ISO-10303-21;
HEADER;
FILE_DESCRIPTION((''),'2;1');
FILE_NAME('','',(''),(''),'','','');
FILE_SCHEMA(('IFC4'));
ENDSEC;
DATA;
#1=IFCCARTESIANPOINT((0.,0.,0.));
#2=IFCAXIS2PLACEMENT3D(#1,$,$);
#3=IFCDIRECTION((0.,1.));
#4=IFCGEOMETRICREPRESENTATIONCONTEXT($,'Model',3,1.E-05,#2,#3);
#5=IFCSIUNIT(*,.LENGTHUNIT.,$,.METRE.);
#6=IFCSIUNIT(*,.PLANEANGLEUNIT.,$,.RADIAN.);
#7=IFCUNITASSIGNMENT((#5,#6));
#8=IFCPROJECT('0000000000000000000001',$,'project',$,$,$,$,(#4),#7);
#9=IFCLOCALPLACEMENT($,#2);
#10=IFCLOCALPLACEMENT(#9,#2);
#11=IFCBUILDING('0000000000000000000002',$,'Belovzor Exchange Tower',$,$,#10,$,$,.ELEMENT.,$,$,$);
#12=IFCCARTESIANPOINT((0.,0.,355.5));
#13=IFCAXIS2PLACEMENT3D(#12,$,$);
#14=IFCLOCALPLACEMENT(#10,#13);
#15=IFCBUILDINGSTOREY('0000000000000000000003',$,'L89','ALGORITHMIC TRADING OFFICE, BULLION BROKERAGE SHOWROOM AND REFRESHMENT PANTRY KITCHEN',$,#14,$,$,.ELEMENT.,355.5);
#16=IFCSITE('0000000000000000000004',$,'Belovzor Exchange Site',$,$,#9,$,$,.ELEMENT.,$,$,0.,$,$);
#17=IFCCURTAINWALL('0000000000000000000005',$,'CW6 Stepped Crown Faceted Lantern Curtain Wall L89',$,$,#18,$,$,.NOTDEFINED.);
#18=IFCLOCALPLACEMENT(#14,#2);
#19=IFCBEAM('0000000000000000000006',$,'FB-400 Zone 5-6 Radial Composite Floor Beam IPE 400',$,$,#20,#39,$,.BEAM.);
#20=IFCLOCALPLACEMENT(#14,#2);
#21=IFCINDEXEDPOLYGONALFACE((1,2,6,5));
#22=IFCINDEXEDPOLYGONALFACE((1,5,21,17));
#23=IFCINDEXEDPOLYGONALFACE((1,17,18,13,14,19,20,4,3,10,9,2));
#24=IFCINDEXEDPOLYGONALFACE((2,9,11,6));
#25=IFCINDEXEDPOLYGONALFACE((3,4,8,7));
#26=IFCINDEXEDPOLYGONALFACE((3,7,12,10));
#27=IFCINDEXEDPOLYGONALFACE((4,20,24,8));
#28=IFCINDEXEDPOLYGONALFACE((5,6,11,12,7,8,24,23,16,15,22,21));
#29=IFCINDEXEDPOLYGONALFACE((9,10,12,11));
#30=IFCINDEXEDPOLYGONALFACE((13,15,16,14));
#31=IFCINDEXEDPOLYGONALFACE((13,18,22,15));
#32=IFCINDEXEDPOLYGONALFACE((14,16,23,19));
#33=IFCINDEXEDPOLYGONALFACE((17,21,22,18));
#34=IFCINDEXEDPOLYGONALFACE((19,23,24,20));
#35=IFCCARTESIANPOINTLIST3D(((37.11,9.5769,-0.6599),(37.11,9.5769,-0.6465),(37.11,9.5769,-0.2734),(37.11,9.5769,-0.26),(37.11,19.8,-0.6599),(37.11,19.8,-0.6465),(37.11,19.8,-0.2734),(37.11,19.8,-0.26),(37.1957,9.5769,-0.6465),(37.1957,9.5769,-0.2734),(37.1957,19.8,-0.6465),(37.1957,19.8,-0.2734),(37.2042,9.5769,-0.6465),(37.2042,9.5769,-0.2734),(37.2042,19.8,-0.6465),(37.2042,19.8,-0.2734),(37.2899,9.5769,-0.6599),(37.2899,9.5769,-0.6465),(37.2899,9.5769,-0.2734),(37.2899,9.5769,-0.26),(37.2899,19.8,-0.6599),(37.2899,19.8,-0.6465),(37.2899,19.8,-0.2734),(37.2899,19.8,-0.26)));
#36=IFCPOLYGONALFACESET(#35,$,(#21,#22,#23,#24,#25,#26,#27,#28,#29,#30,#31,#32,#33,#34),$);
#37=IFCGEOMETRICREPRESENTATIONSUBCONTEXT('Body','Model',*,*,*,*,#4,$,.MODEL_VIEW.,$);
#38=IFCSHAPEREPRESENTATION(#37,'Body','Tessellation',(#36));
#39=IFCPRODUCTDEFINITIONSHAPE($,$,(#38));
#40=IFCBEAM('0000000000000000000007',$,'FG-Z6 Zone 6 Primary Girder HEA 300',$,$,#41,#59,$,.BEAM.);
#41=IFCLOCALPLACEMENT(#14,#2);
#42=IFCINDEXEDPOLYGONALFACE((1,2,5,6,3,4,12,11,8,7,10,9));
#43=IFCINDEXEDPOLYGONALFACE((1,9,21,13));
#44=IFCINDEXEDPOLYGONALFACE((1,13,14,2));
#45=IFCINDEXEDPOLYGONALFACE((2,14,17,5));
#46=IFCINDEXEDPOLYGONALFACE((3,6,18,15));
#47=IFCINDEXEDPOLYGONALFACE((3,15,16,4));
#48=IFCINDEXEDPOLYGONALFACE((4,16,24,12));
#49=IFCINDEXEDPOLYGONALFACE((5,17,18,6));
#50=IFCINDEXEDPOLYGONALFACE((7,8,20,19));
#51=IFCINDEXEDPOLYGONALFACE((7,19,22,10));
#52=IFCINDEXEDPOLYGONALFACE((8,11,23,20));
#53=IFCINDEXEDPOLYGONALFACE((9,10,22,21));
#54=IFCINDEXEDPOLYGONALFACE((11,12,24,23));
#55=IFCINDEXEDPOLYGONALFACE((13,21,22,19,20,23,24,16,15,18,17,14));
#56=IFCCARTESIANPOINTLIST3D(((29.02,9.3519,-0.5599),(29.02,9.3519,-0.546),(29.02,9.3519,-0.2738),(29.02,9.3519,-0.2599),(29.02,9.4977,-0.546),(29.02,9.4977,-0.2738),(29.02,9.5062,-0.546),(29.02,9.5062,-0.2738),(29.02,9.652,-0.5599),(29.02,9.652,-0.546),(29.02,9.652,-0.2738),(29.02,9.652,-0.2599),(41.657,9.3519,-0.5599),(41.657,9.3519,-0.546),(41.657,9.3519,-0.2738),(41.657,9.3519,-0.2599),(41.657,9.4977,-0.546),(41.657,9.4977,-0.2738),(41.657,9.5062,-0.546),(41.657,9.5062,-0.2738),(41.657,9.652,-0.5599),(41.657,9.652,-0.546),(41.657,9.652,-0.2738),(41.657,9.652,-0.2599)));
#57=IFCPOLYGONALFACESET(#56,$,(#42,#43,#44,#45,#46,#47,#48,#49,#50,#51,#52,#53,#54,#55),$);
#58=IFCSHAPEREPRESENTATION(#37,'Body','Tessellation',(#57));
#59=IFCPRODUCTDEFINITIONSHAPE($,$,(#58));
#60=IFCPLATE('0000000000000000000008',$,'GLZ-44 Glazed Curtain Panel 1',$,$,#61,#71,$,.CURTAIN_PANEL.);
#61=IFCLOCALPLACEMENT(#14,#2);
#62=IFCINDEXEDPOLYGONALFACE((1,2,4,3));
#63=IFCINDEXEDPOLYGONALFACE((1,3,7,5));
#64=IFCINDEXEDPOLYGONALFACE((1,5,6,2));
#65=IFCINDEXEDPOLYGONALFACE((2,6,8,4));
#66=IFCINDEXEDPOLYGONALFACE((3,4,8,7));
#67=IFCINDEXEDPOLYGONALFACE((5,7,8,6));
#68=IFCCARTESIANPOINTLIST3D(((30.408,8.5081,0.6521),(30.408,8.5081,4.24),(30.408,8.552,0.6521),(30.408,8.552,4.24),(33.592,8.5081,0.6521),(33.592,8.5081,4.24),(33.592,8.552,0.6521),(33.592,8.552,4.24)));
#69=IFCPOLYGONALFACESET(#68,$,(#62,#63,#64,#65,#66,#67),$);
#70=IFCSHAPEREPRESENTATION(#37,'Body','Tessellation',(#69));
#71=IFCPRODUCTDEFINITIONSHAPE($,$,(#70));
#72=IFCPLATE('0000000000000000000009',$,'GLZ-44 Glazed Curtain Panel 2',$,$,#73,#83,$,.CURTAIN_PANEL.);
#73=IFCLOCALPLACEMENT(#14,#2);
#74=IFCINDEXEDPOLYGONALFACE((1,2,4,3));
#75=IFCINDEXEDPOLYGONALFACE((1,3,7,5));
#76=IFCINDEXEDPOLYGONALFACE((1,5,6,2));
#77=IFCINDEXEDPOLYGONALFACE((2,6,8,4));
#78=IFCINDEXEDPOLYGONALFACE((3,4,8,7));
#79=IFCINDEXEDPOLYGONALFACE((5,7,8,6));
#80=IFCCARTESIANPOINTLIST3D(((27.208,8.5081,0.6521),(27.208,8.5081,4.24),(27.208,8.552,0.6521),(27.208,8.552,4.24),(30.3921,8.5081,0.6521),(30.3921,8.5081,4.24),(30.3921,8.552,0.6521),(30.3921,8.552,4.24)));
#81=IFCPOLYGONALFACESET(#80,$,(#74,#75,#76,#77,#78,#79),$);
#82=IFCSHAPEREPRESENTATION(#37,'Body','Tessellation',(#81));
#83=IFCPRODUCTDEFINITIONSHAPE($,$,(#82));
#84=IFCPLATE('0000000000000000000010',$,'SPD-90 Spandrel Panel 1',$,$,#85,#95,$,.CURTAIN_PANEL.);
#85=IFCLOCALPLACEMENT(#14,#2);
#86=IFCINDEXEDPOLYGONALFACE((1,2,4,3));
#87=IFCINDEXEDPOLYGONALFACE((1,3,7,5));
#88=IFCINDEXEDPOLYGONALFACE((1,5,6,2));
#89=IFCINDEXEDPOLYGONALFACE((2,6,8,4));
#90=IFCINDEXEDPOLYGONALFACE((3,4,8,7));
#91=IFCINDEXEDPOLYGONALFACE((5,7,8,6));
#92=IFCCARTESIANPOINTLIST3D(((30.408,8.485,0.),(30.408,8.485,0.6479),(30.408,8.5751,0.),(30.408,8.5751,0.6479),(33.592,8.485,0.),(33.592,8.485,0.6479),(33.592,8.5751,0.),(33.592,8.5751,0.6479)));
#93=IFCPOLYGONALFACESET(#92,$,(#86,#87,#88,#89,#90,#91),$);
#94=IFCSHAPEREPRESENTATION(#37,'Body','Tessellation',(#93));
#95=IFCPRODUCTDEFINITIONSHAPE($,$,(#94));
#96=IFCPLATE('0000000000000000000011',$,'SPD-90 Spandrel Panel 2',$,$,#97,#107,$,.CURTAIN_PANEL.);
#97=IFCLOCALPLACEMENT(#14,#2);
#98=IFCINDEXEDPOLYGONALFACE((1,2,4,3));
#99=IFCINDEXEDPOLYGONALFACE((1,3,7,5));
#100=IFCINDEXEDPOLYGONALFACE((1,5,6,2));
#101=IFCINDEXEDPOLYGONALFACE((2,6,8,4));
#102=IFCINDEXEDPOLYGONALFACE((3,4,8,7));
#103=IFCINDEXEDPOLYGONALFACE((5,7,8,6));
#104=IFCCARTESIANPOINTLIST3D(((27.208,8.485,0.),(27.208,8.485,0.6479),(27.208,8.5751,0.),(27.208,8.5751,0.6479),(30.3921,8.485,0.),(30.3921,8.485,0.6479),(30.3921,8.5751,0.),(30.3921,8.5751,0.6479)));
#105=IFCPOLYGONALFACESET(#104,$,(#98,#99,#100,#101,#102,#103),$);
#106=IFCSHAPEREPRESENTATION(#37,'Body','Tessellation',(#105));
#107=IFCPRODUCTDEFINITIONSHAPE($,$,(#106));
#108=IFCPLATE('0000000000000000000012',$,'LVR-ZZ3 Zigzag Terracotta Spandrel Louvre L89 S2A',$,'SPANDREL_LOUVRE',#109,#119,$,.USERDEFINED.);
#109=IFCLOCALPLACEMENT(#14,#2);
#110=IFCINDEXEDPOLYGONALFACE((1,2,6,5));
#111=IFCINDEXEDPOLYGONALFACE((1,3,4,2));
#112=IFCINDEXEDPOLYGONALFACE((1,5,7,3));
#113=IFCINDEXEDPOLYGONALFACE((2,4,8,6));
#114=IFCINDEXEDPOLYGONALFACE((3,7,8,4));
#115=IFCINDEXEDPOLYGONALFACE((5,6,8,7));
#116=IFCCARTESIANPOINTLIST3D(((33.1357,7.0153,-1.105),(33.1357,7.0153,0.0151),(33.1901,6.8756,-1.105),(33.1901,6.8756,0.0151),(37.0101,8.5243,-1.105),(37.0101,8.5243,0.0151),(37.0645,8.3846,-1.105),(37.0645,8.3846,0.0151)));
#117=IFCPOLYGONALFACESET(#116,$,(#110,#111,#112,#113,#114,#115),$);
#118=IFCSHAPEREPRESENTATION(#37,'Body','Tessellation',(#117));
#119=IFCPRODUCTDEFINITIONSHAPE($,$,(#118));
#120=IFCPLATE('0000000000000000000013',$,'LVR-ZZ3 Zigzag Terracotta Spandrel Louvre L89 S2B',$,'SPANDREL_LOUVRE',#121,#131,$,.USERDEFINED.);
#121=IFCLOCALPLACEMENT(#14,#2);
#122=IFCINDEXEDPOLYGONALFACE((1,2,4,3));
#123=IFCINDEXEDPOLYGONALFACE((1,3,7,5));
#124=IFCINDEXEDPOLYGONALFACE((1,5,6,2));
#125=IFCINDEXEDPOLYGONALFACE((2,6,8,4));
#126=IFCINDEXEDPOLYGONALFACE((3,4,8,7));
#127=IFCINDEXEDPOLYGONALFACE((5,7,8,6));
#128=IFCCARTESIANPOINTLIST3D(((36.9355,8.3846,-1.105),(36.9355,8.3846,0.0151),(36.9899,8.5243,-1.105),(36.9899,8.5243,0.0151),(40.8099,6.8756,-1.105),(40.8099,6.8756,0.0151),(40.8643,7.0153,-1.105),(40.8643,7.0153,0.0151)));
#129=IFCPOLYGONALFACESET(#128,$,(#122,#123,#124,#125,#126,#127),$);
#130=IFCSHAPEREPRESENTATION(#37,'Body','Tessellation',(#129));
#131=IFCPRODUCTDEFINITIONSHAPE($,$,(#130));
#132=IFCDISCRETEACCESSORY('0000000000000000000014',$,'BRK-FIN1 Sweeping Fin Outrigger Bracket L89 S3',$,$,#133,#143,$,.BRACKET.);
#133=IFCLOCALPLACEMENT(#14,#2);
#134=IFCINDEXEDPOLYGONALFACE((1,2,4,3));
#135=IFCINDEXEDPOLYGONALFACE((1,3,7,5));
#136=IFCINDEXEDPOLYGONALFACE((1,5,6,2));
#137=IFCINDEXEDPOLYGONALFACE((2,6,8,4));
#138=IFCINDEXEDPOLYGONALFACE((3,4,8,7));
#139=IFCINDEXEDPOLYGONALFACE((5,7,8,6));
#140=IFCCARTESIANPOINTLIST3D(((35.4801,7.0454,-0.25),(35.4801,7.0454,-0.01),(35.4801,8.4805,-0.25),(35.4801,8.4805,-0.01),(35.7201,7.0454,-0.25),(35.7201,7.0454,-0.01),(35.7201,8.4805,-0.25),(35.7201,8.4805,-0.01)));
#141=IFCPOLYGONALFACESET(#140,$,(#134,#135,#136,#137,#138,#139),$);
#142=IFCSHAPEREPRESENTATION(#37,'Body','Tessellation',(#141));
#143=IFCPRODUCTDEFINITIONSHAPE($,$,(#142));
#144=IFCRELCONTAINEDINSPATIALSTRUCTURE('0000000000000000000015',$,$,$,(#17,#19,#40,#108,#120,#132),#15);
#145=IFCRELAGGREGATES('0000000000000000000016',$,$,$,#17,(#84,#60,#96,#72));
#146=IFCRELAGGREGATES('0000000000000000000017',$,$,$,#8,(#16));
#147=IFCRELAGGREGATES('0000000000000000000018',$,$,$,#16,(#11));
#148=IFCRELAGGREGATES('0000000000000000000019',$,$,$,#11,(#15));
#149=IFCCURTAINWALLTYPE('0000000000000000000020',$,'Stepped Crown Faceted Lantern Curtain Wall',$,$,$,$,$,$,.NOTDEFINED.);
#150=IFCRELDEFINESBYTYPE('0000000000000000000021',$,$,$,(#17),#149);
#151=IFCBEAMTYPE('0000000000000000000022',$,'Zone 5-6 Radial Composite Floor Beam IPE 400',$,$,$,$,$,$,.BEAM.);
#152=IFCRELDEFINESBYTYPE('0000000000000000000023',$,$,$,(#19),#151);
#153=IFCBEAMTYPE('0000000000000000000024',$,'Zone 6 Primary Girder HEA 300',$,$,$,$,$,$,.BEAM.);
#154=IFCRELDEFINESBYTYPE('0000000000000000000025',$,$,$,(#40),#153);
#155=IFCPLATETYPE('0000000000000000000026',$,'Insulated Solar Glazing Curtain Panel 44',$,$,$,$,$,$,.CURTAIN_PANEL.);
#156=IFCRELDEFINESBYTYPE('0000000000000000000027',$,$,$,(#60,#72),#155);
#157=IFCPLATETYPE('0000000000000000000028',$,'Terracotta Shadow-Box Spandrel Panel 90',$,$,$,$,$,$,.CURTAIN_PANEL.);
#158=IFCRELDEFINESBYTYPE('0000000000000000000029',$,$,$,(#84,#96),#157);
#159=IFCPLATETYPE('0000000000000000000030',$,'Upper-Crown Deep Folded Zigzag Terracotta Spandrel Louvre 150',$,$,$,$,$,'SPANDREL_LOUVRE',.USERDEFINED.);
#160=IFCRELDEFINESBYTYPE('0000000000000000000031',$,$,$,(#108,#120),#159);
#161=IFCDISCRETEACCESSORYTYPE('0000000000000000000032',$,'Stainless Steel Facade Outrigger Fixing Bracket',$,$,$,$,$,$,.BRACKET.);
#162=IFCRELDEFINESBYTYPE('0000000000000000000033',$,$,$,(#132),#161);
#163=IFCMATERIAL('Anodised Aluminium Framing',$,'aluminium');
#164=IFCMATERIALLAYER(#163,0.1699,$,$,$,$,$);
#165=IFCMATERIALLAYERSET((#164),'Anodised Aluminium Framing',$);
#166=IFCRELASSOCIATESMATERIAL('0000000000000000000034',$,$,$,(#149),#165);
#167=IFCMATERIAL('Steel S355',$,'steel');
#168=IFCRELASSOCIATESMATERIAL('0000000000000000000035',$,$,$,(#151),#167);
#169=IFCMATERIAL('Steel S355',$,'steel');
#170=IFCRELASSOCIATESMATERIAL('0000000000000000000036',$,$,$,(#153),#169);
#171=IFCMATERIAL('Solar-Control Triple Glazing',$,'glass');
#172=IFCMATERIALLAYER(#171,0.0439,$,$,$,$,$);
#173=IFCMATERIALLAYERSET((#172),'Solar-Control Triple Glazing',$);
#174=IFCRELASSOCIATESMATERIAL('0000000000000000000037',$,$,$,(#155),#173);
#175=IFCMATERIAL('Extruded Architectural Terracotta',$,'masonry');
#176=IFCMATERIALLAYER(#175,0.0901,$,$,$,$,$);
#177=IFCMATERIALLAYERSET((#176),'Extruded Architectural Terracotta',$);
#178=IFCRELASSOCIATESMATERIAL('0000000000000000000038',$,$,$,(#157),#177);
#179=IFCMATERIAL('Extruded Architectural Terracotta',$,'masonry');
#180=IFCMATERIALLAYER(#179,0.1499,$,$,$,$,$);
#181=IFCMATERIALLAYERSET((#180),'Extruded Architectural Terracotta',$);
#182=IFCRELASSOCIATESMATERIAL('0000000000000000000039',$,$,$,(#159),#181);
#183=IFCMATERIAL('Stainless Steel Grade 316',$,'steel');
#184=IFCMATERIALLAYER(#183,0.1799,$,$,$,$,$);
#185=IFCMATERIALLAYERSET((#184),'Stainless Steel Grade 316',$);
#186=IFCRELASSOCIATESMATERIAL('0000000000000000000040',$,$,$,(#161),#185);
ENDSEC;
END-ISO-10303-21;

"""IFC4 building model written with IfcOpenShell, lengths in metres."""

from ifc_helpers import new_model, si_unit, direction, frame, origin, origin_2d, place, context, subcontext, project, spatial, rectangle, i_section, extrude, material, layer, layer_set, material_profile, profile_set, type_object, element, aggregate, save


model = new_model("IFC4")

# Units and contexts
model_context = context("Model", 3, precision=1e-05, world=origin(), true_north=direction((0.0, 1.0)))
body_context = subcontext(model_context, "Body", "Model", "MODEL_VIEW")
ifc_project = project(units=[si_unit("LENGTHUNIT", "METRE"), si_unit("PLANEANGLEUNIT", "RADIAN")], contexts=[model_context])

# Site, building, storey
site_placement = place(None, origin())
site = spatial("IfcSite", under=ifc_project, at=site_placement, Name="Belovzor Exchange Site", CompositionType="ELEMENT", RefElevation=0.0)
building_placement = place(site_placement, origin())
building = spatial("IfcBuilding", under=site, at=building_placement, Name="Belovzor Exchange Tower", CompositionType="ELEMENT")
storey_placement = place(building_placement, frame((0.0, 0.0, 355.5)))
storey = spatial("IfcBuildingStorey", under=building, at=storey_placement, Name="L89", Description="ALGORITHMIC TRADING OFFICE, BULLION BROKERAGE SHOWROOM AND REFRESHMENT PANTRY KITCHEN", CompositionType="ELEMENT", Elevation=355.5)

# Curtain wall
ifc_material_1 = material(Name="Anodised Aluminium Framing", Category="aluminium")
ifc_layer_1 = layer(ifc_material_1, 0.1699)
ifc_layer_set_1 = layer_set([ifc_layer_1], Name="Anodised Aluminium Framing")
curtain_wall_type = type_object("IfcCurtainWallType", Name="Stepped Crown Faceted Lantern Curtain Wall", PredefinedType="NOTDEFINED", material=ifc_layer_set_1)
curtain_wall_placement = place(storey_placement, origin())
curtain_wall = element("IfcCurtainWall", 1, at=curtain_wall_placement, inside=storey, type_object=curtain_wall_type, Name="CW6 Stepped Crown Faceted Lantern Curtain Wall L89", PredefinedType="NOTDEFINED")

# Beams
ifc_material_2 = material(Name="Steel S355", Category="steel")
ifc_material_profile_1 = material_profile(ifc_material_2, i_section(OverallWidth=0.1799, OverallDepth=0.3999, WebThickness=0.0085, FlangeThickness=0.0134, at=origin_2d()))
ifc_profile_set_1 = profile_set([ifc_material_profile_1], Name="Steel S355")
beam_type_1 = type_object("IfcBeamType", Name="Zone 5-6 Radial Composite Floor Beam IPE 400", PredefinedType="BEAM", material=ifc_profile_set_1)
beam_1_placement = place(storey_placement, frame((37.2, 19.8, -0.46), z_axis=(0.0, -1.0, 0.0), x_axis=(1.0, 0.0, 0.0)))
element("IfcBeam", 2, at=beam_1_placement, inside=storey, type_object=beam_type_1, Name="FB-400 Zone 5-6 Radial Composite Floor Beam IPE 400", PredefinedType="BEAM", context=body_context, shape_type="SweptSolid", body=[
    extrude(i_section(OverallWidth=0.1799, OverallDepth=0.3999, WebThickness=0.0085, FlangeThickness=0.0134, at=origin_2d()), origin(), (0.0, 0.0, 1.0), 10.2231),
])
ifc_material_3 = material(Name="Steel S355", Category="steel")
ifc_material_profile_2 = material_profile(ifc_material_3, i_section(OverallWidth=0.3, OverallDepth=0.3, WebThickness=0.0085, FlangeThickness=0.0139, at=origin_2d()))
ifc_profile_set_2 = profile_set([ifc_material_profile_2], Name="Steel S355")
beam_type_2 = type_object("IfcBeamType", Name="Zone 6 Primary Girder HEA 300", PredefinedType="BEAM", material=ifc_profile_set_2)
beam_2_placement = place(storey_placement, frame((29.02, 9.502, -0.4099), z_axis=(1.0, 0.0, 0.0), x_axis=(0.0, 1.0, 0.0)))
element("IfcBeam", 3, at=beam_2_placement, inside=storey, type_object=beam_type_2, Name="FG-Z6 Zone 6 Primary Girder HEA 300", PredefinedType="BEAM", context=body_context, shape_type="SweptSolid", body=[
    extrude(i_section(OverallWidth=0.3, OverallDepth=0.3, WebThickness=0.0085, FlangeThickness=0.0139, at=origin_2d()), origin(), (0.0, 0.0, 1.0), 12.637),
])

# Plates
ifc_material_4 = material(Name="Solar-Control Triple Glazing", Category="glass")
ifc_layer_2 = layer(ifc_material_4, 0.0439)
ifc_layer_set_2 = layer_set([ifc_layer_2], Name="Solar-Control Triple Glazing")
plate_type_1 = type_object("IfcPlateType", Name="Insulated Solar Glazing Curtain Panel 44", PredefinedType="CURTAIN_PANEL", material=ifc_layer_set_2)
plate_1_placement = place(storey_placement, frame((32.0, 8.53, 0.6521), z_axis=(0.0, 0.0, 1.0), x_axis=(-1.0, 0.0, 0.0)))
plate_1 = element("IfcPlate", 4, at=plate_1_placement, type_object=plate_type_1, Name="GLZ-44 Glazed Curtain Panel 1", PredefinedType="CURTAIN_PANEL", context=body_context, shape_type="SweptSolid", body=[
    extrude(rectangle(XDim=3.1841, YDim=0.0439, at=origin_2d()), origin(), (0.0, 0.0, 1.0), 3.5879),
])
plate_2_placement = place(storey_placement, frame((28.8, 8.53, 0.6521), z_axis=(0.0, 0.0, 1.0), x_axis=(-1.0, 0.0, 0.0)))
plate_2 = element("IfcPlate", 5, at=plate_2_placement, type_object=plate_type_1, Name="GLZ-44 Glazed Curtain Panel 2", PredefinedType="CURTAIN_PANEL", context=body_context, shape_type="SweptSolid", body=[
    extrude(rectangle(XDim=3.1841, YDim=0.0439, at=origin_2d()), origin(), (0.0, 0.0, 1.0), 3.5879),
])
ifc_material_5 = material(Name="Extruded Architectural Terracotta", Category="masonry")
ifc_layer_3 = layer(ifc_material_5, 0.0901)
ifc_layer_set_3 = layer_set([ifc_layer_3], Name="Extruded Architectural Terracotta")
plate_type_2 = type_object("IfcPlateType", Name="Terracotta Shadow-Box Spandrel Panel 90", PredefinedType="CURTAIN_PANEL", material=ifc_layer_set_3)
plate_3_placement = place(storey_placement, frame((32.0, 8.53, 0.0), z_axis=(0.0, 0.0, 1.0), x_axis=(-1.0, 0.0, 0.0)))
plate_3 = element("IfcPlate", 6, at=plate_3_placement, type_object=plate_type_2, Name="SPD-90 Spandrel Panel 1", PredefinedType="CURTAIN_PANEL", context=body_context, shape_type="SweptSolid", body=[
    extrude(rectangle(XDim=3.1841, YDim=0.0901, at=origin_2d()), origin(), (0.0, 0.0, 1.0), 0.6479),
])
plate_4_placement = place(storey_placement, frame((28.8, 8.53, 0.0), z_axis=(0.0, 0.0, 1.0), x_axis=(-1.0, 0.0, 0.0)))
plate_4 = element("IfcPlate", 7, at=plate_4_placement, type_object=plate_type_2, Name="SPD-90 Spandrel Panel 2", PredefinedType="CURTAIN_PANEL", context=body_context, shape_type="SweptSolid", body=[
    extrude(rectangle(XDim=3.1841, YDim=0.0901, at=origin_2d()), origin(), (0.0, 0.0, 1.0), 0.6479),
])
aggregate(curtain_wall, [plate_3, plate_1, plate_4, plate_2])

# Plates
ifc_material_6 = material(Name="Extruded Architectural Terracotta", Category="masonry")
ifc_layer_4 = layer(ifc_material_6, 0.1499)
ifc_layer_set_4 = layer_set([ifc_layer_4], Name="Extruded Architectural Terracotta")
plate_type_3 = type_object("IfcPlateType", Name="Upper-Crown Deep Folded Zigzag Terracotta Spandrel Louvre 150", ElementType="SPANDREL_LOUVRE", PredefinedType="USERDEFINED", material=ifc_layer_set_4)
for number, where, z_axis, x_axis, name in (
    (8, (35.1001, 7.7, -1.105), (0.0, 0.0, 1.0), (0.931818, 0.362926, 0.0), "LVR-ZZ3 Zigzag Terracotta Spandrel Louvre L89 S2A"),
    (9, (38.8999, 7.7, -1.105), (0.0, 0.0, 1.0), (0.931818, -0.362926, 0.0), "LVR-ZZ3 Zigzag Terracotta Spandrel Louvre L89 S2B"),
):
    element("IfcPlate", number, at=place(storey_placement, frame(where, z_axis=z_axis, x_axis=x_axis)), inside=storey, type_object=plate_type_3, Name=name, ObjectType="SPANDREL_LOUVRE", PredefinedType="USERDEFINED", context=body_context, shape_type="SweptSolid", body=[
        extrude(rectangle(XDim=4.158, YDim=0.1499, at=origin_2d()), origin(), (0.0, 0.0, 1.0), 1.1201),
    ])

# Discrete accessory
ifc_material_7 = material(Name="Stainless Steel Grade 316", Category="steel")
ifc_layer_5 = layer(ifc_material_7, 0.1799)
ifc_layer_set_5 = layer_set([ifc_layer_5], Name="Stainless Steel Grade 316")
discrete_accessory_type = type_object("IfcDiscreteAccessoryType", Name="Stainless Steel Facade Outrigger Fixing Bracket", PredefinedType="BRACKET", material=ifc_layer_set_5)
discrete_accessory_placement = place(storey_placement, frame((35.6001, 7.7629, -0.25), z_axis=(0.0, 0.0, 1.0), x_axis=(0.0, 1.0, 0.0)))
element("IfcDiscreteAccessory", 10, at=discrete_accessory_placement, inside=storey, type_object=discrete_accessory_type, Name="BRK-FIN1 Sweeping Fin Outrigger Bracket L89 S3", PredefinedType="BRACKET", context=body_context, shape_type="SweptSolid", body=[
    extrude(rectangle(XDim=1.4351, YDim=0.24, at=origin_2d()), origin(), (0.0, 0.0, 1.0), 0.24),
])

save(model, "model.ifc")
